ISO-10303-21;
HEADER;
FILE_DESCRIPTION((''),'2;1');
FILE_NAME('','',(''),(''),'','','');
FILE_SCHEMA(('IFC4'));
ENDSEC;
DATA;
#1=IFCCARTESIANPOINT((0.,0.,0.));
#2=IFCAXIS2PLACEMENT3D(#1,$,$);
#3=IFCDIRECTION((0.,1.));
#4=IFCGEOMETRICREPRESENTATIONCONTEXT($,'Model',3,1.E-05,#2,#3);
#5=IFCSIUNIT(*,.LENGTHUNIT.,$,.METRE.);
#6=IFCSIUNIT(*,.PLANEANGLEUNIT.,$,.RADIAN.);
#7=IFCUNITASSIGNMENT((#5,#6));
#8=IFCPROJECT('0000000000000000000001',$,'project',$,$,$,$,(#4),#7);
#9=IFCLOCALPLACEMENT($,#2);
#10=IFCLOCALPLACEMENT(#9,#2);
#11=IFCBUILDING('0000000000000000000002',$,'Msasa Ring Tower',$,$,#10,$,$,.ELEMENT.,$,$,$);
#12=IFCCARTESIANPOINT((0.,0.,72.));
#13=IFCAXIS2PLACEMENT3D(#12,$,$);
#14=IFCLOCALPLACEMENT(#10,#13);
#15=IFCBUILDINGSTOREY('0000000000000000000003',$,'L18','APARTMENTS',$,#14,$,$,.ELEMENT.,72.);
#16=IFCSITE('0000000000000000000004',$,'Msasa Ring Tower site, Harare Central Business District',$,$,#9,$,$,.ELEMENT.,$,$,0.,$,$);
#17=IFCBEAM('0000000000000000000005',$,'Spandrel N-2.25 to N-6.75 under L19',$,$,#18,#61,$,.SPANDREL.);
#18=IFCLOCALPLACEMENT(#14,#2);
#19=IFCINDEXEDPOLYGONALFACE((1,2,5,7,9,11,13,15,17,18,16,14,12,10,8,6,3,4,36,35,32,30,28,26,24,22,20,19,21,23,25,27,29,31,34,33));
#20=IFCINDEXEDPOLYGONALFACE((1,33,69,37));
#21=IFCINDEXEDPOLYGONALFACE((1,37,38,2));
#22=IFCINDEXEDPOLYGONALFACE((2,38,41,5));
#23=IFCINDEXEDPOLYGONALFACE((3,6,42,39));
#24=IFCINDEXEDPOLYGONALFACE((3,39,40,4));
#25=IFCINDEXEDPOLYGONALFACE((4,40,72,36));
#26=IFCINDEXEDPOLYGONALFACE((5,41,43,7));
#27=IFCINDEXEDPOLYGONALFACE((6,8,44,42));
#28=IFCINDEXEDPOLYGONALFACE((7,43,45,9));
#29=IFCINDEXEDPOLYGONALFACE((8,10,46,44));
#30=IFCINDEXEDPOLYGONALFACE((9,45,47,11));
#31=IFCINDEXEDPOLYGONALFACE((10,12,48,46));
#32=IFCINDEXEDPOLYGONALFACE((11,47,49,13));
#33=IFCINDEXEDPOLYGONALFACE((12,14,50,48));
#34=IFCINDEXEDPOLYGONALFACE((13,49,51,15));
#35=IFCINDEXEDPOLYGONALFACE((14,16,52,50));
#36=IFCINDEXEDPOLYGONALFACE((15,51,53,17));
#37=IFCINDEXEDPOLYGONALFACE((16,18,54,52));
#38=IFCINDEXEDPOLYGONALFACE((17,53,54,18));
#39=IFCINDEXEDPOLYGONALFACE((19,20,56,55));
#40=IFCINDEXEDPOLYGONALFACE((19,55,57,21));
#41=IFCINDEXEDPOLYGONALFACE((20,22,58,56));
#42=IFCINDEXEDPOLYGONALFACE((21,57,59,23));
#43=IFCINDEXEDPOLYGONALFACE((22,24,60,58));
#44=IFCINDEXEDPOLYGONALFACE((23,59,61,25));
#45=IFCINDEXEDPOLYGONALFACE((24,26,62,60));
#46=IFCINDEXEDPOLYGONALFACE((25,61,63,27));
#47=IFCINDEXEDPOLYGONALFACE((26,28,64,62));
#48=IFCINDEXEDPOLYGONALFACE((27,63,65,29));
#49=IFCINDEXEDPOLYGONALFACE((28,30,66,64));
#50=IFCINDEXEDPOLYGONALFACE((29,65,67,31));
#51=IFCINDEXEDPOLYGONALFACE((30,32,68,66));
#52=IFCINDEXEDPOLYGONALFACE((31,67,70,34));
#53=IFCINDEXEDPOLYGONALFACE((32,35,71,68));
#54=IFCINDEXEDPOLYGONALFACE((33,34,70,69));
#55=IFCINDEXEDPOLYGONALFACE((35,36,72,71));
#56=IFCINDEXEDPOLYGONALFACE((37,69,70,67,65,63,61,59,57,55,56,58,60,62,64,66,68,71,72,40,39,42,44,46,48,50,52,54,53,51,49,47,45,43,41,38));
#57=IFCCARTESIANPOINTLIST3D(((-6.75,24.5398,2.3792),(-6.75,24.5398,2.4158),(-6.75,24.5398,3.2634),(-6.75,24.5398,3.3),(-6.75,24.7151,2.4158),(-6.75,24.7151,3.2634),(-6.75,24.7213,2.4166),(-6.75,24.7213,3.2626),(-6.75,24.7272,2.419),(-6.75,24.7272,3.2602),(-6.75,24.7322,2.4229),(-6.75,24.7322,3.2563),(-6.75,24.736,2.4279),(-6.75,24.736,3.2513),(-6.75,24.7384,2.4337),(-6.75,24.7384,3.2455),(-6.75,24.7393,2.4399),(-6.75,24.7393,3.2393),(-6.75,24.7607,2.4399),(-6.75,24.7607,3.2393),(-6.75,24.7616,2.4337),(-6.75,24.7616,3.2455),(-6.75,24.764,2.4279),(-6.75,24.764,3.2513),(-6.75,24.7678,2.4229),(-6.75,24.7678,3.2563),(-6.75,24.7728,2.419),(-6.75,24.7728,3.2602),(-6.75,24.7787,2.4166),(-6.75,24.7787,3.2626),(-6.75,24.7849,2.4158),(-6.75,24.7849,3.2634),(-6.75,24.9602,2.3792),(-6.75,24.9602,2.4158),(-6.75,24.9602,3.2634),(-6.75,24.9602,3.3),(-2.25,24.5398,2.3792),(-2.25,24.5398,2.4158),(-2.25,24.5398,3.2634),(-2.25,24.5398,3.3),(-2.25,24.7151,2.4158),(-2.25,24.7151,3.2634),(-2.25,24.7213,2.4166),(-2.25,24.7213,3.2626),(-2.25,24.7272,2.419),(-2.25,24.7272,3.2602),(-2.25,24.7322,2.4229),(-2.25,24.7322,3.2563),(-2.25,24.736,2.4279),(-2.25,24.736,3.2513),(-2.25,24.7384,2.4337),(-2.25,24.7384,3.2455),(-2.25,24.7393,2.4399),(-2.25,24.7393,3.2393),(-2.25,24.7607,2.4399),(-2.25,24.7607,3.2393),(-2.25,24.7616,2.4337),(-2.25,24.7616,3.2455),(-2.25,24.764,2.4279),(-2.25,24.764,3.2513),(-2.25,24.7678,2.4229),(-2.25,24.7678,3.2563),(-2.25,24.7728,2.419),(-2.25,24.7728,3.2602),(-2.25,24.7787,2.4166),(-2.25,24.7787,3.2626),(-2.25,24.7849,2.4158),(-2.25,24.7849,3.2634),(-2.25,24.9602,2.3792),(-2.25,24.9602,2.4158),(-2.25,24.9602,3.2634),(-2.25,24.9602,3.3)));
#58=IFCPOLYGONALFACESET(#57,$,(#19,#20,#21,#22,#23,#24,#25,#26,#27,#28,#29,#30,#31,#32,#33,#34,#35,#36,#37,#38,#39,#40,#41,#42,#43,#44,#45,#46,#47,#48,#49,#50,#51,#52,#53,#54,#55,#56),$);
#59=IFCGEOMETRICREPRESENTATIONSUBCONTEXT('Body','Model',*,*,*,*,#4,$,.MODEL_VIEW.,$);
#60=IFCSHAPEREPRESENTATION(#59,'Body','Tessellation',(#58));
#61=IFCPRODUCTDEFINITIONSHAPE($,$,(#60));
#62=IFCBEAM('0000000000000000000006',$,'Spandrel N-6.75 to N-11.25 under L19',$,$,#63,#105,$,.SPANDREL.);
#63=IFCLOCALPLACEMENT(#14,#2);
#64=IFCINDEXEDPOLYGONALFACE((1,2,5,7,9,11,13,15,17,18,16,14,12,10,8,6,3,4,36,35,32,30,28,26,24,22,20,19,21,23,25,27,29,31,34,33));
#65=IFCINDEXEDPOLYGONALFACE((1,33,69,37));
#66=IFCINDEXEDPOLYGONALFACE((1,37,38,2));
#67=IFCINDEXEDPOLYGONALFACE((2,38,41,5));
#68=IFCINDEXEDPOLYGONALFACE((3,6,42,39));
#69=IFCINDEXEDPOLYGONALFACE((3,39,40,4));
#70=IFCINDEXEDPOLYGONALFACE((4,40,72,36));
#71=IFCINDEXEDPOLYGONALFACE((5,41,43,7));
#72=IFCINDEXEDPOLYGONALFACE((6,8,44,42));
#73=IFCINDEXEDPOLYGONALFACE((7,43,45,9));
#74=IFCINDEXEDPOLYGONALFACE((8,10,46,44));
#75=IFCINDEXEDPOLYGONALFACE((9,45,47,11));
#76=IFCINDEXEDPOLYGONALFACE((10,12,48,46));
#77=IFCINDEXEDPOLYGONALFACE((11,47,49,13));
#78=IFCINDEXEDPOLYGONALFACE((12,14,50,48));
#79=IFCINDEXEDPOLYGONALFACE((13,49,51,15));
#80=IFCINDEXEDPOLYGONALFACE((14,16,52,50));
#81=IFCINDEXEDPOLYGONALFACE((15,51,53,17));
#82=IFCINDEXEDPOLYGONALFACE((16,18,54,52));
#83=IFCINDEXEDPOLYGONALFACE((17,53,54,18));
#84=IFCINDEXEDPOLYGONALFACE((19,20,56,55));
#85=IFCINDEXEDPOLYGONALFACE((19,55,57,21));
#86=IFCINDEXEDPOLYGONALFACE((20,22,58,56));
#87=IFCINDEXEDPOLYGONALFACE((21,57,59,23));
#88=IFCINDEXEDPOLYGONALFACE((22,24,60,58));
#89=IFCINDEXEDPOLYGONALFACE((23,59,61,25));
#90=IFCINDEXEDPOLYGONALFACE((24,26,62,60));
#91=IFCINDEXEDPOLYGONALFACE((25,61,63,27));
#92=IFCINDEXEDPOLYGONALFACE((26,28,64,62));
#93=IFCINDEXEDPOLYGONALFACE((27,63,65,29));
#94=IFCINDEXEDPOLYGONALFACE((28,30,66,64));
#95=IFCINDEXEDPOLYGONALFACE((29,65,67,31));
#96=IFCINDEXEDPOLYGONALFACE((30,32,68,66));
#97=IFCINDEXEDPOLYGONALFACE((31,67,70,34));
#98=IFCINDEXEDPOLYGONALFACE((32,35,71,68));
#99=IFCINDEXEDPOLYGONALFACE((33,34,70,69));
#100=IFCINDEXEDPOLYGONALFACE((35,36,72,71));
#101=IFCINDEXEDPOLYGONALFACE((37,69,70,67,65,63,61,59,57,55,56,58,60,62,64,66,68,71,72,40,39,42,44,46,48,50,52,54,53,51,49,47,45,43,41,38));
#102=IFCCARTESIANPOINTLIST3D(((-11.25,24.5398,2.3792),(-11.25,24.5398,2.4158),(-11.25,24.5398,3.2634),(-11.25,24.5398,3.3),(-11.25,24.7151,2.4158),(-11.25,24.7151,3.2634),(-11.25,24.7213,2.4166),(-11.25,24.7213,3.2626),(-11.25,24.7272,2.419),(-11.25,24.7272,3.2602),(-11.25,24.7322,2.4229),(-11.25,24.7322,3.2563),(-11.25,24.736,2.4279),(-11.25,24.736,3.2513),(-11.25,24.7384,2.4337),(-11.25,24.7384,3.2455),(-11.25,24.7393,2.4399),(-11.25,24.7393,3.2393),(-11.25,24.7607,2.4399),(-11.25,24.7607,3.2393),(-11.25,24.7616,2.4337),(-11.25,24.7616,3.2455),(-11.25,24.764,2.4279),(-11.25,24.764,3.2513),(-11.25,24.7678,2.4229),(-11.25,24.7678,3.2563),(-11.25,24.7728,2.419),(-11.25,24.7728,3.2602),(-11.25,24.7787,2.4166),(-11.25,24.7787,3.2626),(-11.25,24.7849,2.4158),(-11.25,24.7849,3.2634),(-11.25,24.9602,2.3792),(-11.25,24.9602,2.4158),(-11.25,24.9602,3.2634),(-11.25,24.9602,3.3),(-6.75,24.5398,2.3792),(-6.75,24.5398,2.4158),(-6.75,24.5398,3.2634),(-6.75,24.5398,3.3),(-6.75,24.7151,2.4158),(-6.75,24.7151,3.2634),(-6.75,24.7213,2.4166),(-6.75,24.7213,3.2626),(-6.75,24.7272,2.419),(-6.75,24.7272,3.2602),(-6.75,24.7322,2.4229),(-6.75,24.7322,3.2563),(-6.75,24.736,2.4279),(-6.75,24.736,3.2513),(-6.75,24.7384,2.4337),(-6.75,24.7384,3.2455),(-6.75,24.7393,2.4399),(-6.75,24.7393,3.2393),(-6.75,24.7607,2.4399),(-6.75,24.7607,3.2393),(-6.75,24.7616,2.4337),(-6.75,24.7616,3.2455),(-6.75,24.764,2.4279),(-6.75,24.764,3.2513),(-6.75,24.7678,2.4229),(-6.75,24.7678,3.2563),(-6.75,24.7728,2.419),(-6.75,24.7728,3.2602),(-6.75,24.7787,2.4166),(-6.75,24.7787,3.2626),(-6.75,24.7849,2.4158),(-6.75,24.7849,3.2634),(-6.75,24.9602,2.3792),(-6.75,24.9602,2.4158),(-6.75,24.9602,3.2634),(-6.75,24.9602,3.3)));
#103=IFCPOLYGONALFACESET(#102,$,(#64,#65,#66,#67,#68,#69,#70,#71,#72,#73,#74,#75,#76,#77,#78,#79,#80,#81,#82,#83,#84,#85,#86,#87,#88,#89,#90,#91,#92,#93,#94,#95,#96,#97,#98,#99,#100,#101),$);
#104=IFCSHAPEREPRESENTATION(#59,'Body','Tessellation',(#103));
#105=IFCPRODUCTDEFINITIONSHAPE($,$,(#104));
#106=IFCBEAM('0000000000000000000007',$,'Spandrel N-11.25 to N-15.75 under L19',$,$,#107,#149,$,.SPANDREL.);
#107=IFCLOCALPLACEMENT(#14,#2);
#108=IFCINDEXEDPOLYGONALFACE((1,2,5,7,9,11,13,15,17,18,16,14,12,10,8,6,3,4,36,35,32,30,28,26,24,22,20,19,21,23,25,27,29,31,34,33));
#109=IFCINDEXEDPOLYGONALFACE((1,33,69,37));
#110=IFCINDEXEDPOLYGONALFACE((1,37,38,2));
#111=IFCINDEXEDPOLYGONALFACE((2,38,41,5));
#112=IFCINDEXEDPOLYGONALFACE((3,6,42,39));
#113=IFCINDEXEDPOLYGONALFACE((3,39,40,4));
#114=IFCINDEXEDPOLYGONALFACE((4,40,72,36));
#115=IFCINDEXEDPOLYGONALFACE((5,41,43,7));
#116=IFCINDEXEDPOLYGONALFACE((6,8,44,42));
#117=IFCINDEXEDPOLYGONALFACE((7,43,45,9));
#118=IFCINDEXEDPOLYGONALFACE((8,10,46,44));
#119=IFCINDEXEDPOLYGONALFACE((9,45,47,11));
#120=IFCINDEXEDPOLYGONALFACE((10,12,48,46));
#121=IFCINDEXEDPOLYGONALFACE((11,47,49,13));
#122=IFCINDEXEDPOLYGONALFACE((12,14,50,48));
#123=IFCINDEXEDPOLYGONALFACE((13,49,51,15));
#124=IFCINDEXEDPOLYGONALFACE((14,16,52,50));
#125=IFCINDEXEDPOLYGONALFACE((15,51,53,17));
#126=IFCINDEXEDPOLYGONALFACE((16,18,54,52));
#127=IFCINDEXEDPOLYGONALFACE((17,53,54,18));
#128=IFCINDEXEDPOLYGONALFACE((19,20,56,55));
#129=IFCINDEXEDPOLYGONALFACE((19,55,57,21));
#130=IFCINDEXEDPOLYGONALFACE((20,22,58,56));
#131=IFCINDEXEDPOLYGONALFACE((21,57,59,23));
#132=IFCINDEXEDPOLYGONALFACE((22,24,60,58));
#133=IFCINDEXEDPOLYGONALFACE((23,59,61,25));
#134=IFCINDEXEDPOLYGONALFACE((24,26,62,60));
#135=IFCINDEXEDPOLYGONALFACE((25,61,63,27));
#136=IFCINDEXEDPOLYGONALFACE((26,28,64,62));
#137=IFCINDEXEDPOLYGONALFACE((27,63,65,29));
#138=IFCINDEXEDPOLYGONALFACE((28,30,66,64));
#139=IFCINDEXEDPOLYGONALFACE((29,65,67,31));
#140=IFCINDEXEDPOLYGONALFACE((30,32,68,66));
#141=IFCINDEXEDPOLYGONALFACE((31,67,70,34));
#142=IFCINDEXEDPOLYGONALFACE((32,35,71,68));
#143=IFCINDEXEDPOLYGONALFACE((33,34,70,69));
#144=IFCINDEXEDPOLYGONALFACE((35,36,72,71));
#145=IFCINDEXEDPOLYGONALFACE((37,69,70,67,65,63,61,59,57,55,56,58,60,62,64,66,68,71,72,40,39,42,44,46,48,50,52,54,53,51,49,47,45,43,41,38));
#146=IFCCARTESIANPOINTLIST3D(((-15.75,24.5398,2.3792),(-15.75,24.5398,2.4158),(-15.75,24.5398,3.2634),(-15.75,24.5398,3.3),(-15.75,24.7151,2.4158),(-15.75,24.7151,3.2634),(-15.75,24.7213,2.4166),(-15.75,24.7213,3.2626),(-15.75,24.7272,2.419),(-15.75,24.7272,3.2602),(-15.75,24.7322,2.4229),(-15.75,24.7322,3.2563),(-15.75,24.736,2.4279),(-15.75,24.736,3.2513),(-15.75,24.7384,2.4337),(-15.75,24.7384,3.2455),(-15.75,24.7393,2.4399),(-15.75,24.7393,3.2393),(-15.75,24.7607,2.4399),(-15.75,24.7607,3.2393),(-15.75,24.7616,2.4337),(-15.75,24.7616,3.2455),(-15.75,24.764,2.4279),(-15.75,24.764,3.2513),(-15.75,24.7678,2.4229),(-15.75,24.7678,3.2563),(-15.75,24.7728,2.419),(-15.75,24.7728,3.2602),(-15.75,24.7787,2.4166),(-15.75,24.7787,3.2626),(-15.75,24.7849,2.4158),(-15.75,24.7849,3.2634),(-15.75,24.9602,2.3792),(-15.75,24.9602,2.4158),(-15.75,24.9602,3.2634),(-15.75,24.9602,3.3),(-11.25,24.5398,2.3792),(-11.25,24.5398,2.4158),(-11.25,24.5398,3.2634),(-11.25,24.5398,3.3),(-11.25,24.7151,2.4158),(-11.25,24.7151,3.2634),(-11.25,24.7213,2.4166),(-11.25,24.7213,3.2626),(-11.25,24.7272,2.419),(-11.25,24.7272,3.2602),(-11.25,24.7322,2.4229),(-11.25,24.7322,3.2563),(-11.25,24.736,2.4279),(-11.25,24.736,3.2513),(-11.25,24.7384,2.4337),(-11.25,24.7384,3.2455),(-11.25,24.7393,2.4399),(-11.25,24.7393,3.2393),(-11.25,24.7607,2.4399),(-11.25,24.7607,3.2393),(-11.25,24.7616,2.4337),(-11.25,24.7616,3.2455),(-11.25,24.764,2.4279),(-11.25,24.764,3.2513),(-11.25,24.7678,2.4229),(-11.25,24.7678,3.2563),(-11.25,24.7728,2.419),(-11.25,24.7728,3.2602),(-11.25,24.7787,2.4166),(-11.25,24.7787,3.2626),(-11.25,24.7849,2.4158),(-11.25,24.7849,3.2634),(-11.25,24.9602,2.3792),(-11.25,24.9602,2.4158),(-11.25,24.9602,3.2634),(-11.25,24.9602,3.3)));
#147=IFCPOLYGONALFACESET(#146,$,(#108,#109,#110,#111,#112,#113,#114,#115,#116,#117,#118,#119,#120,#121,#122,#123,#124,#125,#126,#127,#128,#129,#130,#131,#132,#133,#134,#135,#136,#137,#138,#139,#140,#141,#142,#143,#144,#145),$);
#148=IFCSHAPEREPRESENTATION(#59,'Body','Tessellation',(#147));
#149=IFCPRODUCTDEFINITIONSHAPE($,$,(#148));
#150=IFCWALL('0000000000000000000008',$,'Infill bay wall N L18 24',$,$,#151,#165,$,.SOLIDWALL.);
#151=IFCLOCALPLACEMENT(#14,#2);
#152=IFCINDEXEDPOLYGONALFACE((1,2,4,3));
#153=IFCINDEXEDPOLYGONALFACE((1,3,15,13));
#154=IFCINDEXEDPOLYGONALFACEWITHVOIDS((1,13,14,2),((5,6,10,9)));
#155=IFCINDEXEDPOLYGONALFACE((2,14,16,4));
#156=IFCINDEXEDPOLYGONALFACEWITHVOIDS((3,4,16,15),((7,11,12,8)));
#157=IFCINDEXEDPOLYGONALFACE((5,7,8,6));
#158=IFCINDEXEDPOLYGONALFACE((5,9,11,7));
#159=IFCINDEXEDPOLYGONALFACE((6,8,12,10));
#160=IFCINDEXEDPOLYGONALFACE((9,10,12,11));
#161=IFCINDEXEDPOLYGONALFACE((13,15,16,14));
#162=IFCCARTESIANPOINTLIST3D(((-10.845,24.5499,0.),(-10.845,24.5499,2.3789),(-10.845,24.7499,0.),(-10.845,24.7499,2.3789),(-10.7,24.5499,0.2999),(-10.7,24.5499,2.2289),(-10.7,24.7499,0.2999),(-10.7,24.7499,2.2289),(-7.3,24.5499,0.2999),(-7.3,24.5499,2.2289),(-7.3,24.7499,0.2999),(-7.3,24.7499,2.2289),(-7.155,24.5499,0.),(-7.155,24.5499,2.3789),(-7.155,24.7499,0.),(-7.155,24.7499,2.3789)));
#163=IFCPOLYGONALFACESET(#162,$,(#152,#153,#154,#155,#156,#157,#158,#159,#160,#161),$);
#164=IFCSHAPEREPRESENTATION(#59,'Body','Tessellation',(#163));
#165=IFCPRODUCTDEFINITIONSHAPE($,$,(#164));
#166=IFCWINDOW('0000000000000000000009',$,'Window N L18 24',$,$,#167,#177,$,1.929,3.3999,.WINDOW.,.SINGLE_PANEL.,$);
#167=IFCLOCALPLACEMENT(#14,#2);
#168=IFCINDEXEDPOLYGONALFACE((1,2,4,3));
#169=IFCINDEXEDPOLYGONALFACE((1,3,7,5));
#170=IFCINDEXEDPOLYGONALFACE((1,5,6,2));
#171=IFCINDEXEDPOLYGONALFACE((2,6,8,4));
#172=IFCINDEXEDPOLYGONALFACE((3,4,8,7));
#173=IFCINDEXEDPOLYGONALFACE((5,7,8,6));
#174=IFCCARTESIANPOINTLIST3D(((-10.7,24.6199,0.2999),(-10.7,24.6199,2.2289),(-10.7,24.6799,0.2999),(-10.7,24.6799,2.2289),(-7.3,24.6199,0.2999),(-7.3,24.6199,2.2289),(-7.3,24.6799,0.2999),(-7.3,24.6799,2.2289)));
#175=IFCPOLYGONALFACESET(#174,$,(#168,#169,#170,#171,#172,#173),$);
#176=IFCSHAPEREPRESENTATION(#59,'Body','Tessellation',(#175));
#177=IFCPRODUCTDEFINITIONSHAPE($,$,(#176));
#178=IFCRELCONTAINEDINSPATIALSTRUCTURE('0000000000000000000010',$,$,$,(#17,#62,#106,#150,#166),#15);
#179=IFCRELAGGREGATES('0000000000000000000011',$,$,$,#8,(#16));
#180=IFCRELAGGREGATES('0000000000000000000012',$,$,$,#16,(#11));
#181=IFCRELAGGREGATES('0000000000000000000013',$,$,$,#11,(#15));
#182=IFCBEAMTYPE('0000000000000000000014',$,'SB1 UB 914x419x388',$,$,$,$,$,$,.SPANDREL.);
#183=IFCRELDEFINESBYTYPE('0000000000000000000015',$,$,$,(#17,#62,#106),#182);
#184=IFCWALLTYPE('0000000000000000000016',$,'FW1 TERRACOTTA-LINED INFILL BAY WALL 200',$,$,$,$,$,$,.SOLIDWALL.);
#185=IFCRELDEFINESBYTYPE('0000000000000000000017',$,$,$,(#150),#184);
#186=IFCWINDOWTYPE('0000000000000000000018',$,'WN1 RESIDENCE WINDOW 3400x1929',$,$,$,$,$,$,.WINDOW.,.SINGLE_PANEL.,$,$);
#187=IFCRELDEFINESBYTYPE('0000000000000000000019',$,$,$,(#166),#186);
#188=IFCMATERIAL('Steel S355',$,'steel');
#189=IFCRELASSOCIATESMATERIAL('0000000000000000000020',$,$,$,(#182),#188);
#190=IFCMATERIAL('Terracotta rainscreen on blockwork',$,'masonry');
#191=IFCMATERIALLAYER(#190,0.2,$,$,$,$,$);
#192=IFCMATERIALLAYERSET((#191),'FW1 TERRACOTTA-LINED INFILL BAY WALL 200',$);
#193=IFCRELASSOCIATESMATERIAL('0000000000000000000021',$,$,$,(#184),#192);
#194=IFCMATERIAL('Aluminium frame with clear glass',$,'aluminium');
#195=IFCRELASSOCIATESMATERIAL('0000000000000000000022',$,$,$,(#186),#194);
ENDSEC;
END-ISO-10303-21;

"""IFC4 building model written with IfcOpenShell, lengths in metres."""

from ifc_helpers import new_model, si_unit, direction, frame, frame_2d, origin, origin_2d, place, context, subcontext, project, spatial, rectangle, i_section, extrude, material, layer, layer_set, material_profile, profile_set, type_object, element, fill, save


model = new_model("IFC4")

# Units and contexts
model_context = context("Model", 3, precision=1e-05, world=origin(), true_north=direction((0.0, 1.0)))
body_context = subcontext(model_context, "Body", "Model", "MODEL_VIEW")
ifc_project = project(units=[si_unit("LENGTHUNIT", "METRE"), si_unit("PLANEANGLEUNIT", "RADIAN")], contexts=[model_context])

# Site, building, storey
site_placement = place(None, origin())
site = spatial("IfcSite", under=ifc_project, at=site_placement, Name="Msasa Ring Tower site, Harare Central Business District", CompositionType="ELEMENT", RefElevation=0.0)
building_placement = place(site_placement, origin())
building = spatial("IfcBuilding", under=site, at=building_placement, Name="Msasa Ring Tower", CompositionType="ELEMENT")
storey_placement = place(building_placement, frame((0.0, 0.0, 72.0)))
storey = spatial("IfcBuildingStorey", under=building, at=storey_placement, Name="L18", Description="APARTMENTS", CompositionType="ELEMENT", Elevation=72.0)

# Beams
ifc_material_1 = material(Name="Steel S355", Category="steel")
ifc_material_profile_1 = material_profile(ifc_material_1, i_section(OverallWidth=0.4204, OverallDepth=0.9209, WebThickness=0.0215, FlangeThickness=0.0366, FilletRadius=0.0242, at=origin_2d()), Name="UB 914x419x388")
ifc_profile_set_1 = profile_set([ifc_material_profile_1], Name="Steel S355")
beam_type_1 = type_object("IfcBeamType", Name="SB1 UB 914x419x388", PredefinedType="SPANDREL", material=ifc_profile_set_1)
for number, where, z_axis, x_axis, name in (
    (1, (-2.25, 24.75, 2.8396), (-1.0, 0.0, 0.0), (0.0, -1.0, 0.0), "Spandrel N-2.25 to N-6.75 under L19"),
    (2, (-6.75, 24.75, 2.8396), (-1.0, 0.0, 0.0), (0.0, -1.0, 0.0), "Spandrel N-6.75 to N-11.25 under L19"),
    (3, (-11.25, 24.75, 2.8396), (-1.0, 0.0, 0.0), (0.0, -1.0, 0.0), "Spandrel N-11.25 to N-15.75 under L19"),
):
    element("IfcBeam", number, at=place(storey_placement, frame(where, z_axis=z_axis, x_axis=x_axis)), inside=storey, type_object=beam_type_1, Name=name, PredefinedType="SPANDREL", context=body_context, shape_type="SweptSolid", body=[
        extrude(i_section(OverallWidth=0.4204, OverallDepth=0.9209, WebThickness=0.0215, FlangeThickness=0.0366, FilletRadius=0.0242, at=origin_2d()), origin(), (0.0, 0.0, 1.0), 4.5),
    ])

# Wall, opening, window
ifc_material_2 = material(Name="Terracotta rainscreen on blockwork", Category="masonry")
ifc_layer_1 = layer(ifc_material_2, 0.2)
ifc_layer_set_1 = layer_set([ifc_layer_1], Name="FW1 TERRACOTTA-LINED INFILL BAY WALL 200")
wall_type_1 = type_object("IfcWallType", Name="FW1 TERRACOTTA-LINED INFILL BAY WALL 200", PredefinedType="SOLIDWALL", material=ifc_layer_set_1)
wall_1_placement = place(storey_placement, frame((-10.845, 24.6499, 0.0), z_axis=(0.0, 0.0, 1.0), x_axis=(1.0, 0.0, 0.0)))
wall_1 = element("IfcWall", 4, at=wall_1_placement, inside=storey, type_object=wall_type_1, Name="Infill bay wall N L18 24", PredefinedType="SOLIDWALL", context=body_context, shape_type="SweptSolid", body=[
    extrude(rectangle(XDim=3.6899, YDim=0.2, at=frame_2d((1.845, 0.0))), origin(), (0.0, 0.0, 1.0), 2.3789),
])
opening_1_placement = place(wall_1_placement, frame((0.145, 0.0, 0.3)))
opening_1 = element("IfcOpeningElement", 5, at=opening_1_placement, cuts=wall_1, PredefinedType="OPENING", context=body_context, shape_type="SweptSolid", body=[
    extrude(rectangle(XDim=3.3999, YDim=1.929, at=frame_2d((1.7, 0.9644))), frame((0.0, 0.1099, 0.0), z_axis=(0.0, -1.0, 0.0), x_axis=(1.0, 0.0, 0.0)), (0.0, 0.0, 1.0), 0.22),
])
ifc_material_3 = material(Name="Aluminium frame with clear glass", Category="aluminium")
window_type = type_object("IfcWindowType", Name="WN1 RESIDENCE WINDOW 3400x1929", PartitioningType="SINGLE_PANEL", PredefinedType="WINDOW", material=ifc_material_3)
window_1_placement = place(opening_1_placement, origin())
window_1 = element("IfcWindow", 6, at=window_1_placement, inside=storey, type_object=window_type, Name="Window N L18 24", OverallHeight=1.929, OverallWidth=3.3999, PartitioningType="SINGLE_PANEL", PredefinedType="WINDOW", context=body_context, shape_type="SweptSolid", body=[
    extrude(rectangle(XDim=3.3999, YDim=1.929, at=frame_2d((1.7, 0.9644))), frame((0.0, 0.03, 0.0), z_axis=(0.0, -1.0, 0.0), x_axis=(1.0, 0.0, 0.0)), (0.0, 0.0, 1.0), 0.0601),
])
fill(opening_1, window_1)

save(model, "model.ifc")
